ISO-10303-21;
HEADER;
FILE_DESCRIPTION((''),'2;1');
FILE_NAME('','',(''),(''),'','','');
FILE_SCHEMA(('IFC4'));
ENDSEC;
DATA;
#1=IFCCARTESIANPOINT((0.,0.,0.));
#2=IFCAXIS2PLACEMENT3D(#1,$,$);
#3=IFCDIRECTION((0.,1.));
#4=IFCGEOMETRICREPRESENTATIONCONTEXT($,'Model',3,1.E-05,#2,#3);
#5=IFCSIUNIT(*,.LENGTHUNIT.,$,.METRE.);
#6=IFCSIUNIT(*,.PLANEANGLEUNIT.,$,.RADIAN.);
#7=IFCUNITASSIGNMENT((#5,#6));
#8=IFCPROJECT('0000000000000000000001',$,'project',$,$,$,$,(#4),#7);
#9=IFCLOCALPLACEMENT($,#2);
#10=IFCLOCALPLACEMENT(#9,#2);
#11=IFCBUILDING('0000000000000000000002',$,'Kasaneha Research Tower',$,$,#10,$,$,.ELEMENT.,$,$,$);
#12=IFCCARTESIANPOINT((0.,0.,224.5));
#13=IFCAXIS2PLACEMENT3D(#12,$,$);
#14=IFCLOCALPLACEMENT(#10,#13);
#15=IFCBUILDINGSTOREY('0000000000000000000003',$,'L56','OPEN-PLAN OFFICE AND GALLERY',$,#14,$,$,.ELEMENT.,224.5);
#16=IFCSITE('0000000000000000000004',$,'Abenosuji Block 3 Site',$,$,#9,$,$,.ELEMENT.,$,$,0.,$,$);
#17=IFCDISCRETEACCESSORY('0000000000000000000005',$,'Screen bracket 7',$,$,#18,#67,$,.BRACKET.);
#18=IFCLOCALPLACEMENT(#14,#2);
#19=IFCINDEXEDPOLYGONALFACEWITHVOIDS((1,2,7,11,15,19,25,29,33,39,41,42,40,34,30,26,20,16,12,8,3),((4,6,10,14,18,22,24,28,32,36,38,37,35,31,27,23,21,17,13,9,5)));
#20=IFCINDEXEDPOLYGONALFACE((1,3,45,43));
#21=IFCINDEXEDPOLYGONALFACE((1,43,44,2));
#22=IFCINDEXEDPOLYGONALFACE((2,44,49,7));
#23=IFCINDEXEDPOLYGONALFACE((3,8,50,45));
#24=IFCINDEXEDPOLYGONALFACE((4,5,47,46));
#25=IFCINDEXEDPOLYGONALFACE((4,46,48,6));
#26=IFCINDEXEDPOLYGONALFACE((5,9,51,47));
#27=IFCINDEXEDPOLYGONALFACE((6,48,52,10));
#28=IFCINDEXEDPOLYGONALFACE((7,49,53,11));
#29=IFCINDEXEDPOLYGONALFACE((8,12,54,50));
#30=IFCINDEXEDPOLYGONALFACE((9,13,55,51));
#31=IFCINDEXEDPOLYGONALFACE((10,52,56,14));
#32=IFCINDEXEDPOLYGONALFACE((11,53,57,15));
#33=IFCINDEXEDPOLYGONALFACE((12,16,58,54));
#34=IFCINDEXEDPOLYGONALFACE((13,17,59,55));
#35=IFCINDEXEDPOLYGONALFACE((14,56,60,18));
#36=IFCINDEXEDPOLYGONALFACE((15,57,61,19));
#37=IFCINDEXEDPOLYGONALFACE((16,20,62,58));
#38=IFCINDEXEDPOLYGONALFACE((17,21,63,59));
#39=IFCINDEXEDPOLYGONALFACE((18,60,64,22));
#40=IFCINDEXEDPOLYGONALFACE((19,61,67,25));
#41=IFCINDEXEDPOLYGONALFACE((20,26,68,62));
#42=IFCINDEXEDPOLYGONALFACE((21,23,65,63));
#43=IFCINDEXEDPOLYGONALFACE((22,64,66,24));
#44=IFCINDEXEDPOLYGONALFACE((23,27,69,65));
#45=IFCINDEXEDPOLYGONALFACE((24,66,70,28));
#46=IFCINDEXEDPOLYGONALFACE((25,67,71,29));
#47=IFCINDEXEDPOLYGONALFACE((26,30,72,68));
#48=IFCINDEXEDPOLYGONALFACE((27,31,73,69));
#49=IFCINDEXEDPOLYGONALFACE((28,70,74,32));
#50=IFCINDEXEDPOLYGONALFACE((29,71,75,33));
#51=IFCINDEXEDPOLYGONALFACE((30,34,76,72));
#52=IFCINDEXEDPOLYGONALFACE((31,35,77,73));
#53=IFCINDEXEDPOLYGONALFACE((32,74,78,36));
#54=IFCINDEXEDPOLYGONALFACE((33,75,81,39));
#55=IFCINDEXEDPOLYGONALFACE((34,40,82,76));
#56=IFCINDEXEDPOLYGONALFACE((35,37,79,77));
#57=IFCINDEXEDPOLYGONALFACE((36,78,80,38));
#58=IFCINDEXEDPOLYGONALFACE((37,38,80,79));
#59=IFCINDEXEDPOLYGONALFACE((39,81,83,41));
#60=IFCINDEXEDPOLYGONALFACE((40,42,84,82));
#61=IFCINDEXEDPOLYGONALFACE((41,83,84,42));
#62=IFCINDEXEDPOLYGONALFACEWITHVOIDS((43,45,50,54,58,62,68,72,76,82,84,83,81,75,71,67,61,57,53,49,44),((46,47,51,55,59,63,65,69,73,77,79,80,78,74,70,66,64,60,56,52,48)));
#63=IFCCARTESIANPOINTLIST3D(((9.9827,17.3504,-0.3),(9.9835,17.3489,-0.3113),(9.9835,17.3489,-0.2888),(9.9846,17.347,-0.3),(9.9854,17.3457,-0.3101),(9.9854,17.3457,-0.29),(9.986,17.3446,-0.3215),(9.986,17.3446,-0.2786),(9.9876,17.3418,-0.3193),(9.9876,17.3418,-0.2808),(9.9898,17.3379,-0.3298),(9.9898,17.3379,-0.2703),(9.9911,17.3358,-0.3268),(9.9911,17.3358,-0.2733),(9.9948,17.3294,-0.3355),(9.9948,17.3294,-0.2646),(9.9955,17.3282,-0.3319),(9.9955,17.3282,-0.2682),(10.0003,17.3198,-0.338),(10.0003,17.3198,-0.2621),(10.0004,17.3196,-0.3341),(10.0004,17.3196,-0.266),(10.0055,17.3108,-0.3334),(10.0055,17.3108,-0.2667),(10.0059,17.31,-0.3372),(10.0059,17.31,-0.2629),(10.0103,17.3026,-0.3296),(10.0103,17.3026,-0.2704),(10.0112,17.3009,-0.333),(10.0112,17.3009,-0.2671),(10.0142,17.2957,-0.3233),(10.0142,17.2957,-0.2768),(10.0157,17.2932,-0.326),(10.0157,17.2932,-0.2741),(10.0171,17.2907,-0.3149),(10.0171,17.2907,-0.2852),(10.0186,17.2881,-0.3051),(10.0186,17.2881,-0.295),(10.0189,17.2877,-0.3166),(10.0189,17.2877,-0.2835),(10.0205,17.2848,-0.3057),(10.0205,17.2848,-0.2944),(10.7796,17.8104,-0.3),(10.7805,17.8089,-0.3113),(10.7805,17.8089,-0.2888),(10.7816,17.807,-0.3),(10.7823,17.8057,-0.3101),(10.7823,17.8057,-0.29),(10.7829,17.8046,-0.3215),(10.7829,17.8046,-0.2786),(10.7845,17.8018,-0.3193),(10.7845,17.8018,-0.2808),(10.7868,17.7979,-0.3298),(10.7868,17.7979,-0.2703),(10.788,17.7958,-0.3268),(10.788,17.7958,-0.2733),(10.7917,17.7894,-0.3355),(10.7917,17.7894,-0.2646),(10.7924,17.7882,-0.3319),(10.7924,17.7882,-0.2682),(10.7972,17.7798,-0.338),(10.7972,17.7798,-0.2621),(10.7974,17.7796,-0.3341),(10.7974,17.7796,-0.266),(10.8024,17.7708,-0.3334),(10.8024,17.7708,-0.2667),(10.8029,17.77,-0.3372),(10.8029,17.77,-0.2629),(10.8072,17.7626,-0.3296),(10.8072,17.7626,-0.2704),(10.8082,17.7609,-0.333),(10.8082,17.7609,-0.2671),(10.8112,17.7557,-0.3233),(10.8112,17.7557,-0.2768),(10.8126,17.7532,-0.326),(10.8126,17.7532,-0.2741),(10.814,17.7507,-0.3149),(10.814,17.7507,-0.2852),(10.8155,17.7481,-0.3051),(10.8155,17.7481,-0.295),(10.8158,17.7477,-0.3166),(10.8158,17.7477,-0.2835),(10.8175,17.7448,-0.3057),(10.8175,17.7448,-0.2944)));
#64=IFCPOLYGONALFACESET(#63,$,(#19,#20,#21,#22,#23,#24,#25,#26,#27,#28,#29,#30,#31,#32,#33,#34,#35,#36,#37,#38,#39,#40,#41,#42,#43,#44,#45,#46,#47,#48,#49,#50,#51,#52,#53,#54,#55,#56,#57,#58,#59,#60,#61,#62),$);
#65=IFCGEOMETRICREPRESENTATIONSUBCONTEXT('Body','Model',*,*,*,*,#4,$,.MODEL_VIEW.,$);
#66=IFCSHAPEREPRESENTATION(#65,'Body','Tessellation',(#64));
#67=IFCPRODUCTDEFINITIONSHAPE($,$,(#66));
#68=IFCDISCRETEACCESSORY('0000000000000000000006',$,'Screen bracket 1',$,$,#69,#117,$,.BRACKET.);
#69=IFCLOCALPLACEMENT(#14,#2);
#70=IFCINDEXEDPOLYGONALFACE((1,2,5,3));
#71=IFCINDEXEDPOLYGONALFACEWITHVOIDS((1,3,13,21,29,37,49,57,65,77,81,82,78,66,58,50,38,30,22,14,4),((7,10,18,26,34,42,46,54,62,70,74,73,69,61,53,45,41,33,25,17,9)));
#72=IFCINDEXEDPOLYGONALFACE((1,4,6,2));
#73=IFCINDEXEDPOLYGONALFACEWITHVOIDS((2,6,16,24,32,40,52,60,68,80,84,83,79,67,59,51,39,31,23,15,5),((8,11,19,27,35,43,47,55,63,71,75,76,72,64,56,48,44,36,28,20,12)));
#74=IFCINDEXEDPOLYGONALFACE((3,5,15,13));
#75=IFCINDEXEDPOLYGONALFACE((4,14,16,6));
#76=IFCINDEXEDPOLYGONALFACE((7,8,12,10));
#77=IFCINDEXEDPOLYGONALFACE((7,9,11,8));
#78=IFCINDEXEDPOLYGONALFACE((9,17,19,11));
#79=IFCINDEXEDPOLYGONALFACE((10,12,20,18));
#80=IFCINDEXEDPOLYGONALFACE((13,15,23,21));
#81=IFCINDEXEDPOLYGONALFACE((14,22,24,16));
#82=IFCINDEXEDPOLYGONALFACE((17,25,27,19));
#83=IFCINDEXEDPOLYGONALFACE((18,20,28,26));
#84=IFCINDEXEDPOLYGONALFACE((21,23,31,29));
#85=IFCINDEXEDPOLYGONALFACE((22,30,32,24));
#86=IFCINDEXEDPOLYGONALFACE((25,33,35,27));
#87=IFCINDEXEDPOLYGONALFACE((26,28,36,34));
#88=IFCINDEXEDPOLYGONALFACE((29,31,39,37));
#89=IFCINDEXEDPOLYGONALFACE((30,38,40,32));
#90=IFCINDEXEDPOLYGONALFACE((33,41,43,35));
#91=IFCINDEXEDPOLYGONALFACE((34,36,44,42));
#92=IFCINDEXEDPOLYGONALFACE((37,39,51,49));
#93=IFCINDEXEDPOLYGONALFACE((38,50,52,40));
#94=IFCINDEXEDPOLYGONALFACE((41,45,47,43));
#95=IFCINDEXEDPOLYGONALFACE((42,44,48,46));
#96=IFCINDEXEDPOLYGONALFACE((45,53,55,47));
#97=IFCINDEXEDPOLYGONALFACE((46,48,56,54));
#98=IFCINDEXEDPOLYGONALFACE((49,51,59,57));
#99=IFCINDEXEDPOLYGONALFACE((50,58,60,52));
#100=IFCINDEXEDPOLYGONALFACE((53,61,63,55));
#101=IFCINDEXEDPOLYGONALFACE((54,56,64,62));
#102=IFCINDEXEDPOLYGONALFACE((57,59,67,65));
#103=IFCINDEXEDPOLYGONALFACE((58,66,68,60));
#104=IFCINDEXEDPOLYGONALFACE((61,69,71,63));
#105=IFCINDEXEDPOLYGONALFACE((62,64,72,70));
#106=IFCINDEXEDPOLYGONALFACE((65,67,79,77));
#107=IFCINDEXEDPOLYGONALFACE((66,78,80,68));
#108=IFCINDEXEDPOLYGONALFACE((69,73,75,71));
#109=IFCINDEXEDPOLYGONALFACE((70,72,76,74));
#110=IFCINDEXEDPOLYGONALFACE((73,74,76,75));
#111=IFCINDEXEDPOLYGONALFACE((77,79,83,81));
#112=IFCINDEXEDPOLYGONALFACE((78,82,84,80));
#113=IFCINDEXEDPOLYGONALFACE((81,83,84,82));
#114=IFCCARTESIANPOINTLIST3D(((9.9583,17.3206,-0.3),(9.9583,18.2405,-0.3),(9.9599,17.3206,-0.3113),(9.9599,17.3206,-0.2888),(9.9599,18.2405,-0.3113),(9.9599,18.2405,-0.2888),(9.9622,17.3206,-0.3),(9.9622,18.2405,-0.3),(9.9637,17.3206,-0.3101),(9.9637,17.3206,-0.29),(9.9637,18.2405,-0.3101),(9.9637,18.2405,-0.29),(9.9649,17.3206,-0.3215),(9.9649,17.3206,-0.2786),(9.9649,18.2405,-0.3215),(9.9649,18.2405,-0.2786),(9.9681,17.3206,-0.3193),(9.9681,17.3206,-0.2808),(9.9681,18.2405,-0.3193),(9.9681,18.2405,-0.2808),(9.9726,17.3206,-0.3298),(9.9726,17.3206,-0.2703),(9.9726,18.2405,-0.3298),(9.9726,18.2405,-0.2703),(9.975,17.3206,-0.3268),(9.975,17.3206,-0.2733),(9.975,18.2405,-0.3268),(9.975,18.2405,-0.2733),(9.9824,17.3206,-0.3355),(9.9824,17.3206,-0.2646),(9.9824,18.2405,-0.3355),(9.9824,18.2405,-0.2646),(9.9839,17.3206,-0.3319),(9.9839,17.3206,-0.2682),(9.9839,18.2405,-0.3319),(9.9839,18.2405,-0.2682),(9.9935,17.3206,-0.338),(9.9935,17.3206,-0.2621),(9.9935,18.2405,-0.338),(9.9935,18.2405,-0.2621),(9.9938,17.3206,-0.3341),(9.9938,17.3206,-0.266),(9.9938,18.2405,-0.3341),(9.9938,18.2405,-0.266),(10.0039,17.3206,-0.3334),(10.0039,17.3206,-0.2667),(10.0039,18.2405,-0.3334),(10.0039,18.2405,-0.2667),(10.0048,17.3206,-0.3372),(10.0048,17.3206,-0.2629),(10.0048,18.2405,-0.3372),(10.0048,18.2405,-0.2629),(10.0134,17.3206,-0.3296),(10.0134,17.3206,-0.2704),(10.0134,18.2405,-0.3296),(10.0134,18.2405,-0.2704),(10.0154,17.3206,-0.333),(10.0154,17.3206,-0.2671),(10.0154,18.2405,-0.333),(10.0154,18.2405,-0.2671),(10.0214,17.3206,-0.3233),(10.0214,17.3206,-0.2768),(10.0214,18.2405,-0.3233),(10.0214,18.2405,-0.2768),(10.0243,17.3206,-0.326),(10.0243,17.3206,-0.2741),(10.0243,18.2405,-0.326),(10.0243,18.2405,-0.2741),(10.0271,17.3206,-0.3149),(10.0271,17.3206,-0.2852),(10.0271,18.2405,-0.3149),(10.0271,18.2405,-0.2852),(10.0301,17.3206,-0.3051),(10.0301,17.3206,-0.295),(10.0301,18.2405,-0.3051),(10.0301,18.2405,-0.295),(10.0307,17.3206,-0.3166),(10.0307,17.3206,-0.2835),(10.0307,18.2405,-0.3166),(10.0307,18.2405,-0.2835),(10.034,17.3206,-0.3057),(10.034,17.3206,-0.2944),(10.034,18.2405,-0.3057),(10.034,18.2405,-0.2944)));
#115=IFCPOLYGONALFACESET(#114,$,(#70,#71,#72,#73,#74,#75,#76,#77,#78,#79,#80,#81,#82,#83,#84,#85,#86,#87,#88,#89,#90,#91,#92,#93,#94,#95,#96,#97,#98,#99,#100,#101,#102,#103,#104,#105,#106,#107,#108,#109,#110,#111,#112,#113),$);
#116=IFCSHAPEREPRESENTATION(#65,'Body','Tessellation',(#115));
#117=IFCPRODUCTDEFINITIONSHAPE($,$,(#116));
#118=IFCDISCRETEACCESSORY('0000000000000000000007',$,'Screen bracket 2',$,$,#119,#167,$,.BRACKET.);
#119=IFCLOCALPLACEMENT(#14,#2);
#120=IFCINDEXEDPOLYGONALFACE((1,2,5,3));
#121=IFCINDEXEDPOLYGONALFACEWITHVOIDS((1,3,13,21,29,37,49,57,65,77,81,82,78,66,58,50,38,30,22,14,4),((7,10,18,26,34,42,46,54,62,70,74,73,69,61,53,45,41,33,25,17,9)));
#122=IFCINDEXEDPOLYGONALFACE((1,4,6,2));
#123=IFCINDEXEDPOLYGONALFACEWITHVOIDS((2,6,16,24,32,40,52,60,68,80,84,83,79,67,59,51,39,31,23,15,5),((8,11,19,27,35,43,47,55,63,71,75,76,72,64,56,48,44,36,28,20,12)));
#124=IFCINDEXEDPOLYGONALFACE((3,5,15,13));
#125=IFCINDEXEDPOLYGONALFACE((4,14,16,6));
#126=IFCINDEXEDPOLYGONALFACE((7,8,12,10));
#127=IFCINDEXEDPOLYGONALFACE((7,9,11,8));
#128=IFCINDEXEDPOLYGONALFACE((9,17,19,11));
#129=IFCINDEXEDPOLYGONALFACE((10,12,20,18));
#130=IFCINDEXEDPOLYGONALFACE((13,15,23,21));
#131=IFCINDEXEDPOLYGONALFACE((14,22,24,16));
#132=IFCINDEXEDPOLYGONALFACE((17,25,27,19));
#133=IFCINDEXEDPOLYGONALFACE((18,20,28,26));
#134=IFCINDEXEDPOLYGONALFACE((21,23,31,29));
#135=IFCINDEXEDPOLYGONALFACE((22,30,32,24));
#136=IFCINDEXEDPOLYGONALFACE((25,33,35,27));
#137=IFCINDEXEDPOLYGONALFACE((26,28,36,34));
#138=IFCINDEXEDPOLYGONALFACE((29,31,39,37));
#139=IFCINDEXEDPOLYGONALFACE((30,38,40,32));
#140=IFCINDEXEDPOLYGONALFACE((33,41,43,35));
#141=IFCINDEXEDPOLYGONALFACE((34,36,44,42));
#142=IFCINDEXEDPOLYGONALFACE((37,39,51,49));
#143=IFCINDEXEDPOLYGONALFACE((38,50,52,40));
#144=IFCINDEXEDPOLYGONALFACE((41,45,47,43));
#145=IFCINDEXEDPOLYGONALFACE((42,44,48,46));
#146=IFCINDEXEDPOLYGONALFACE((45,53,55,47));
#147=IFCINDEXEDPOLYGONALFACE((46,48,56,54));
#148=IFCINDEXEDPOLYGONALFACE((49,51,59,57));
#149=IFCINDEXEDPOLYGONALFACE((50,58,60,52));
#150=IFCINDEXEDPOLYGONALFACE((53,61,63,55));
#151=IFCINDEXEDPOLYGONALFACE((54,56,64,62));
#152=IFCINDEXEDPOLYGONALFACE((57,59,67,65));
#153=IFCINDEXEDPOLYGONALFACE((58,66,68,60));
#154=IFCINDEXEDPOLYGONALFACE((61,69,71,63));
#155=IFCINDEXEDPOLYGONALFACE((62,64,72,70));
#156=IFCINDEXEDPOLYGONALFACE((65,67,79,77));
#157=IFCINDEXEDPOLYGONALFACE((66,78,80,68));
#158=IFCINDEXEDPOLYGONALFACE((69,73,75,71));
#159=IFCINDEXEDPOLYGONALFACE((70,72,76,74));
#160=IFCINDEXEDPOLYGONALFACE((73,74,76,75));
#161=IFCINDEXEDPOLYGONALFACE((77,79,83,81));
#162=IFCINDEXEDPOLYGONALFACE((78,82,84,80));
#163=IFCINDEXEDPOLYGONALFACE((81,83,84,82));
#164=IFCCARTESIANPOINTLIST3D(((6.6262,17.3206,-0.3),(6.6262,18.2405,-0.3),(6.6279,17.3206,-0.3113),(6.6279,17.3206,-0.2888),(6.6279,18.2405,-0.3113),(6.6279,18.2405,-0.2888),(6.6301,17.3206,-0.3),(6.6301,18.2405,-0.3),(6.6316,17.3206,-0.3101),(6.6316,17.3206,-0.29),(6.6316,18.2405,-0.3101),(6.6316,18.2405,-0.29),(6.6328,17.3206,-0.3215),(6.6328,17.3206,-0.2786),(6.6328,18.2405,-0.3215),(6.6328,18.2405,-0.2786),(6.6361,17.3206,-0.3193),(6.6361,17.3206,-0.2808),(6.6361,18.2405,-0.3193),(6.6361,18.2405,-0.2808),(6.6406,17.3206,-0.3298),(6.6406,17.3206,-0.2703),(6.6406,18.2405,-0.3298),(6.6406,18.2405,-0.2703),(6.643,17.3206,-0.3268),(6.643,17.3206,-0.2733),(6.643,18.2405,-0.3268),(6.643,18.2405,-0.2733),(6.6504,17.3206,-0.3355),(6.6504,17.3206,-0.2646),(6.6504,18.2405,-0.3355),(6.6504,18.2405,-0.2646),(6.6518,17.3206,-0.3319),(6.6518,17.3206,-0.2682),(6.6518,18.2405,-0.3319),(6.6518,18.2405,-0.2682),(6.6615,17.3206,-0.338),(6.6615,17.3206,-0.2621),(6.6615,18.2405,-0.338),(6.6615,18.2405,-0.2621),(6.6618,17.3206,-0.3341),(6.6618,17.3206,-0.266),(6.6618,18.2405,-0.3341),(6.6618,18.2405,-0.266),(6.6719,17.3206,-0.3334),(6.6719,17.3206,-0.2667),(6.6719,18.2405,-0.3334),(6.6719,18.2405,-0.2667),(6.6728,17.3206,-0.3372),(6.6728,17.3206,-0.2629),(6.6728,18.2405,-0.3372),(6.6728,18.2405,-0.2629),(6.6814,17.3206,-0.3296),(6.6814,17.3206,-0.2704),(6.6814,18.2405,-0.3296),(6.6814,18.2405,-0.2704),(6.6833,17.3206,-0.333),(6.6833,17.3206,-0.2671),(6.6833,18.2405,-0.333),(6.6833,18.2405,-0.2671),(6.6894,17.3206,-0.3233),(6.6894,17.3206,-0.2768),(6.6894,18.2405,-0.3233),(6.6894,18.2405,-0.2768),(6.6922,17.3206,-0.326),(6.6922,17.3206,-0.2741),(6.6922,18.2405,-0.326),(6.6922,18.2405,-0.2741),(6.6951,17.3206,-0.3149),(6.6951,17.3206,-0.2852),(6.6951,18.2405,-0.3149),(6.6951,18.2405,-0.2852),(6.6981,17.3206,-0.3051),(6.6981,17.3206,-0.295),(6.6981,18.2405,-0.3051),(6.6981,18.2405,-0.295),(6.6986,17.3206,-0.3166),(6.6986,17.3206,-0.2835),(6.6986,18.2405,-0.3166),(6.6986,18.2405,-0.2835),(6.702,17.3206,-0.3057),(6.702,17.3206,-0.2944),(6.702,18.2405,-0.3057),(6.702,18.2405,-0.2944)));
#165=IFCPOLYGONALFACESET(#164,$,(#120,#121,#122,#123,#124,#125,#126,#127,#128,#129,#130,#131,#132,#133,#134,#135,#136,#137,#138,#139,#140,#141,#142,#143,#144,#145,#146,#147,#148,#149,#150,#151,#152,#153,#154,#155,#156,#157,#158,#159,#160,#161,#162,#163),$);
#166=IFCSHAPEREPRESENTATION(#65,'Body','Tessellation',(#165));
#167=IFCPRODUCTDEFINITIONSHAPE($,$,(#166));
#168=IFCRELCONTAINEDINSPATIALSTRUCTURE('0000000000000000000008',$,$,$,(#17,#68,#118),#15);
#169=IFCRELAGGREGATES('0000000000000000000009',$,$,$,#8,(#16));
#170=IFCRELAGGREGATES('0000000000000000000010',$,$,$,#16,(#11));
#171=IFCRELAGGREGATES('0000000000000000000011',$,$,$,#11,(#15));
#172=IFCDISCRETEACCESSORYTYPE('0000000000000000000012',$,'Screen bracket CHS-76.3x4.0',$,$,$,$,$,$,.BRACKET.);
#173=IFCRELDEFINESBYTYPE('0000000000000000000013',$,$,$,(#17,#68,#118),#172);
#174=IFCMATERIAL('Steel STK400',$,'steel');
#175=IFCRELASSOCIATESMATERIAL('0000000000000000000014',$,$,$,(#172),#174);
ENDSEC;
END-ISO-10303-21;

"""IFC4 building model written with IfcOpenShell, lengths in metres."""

from ifc_helpers import new_model, si_unit, direction, frame, origin, origin_2d, place, context, subcontext, project, spatial, hollow_circle, extrude, material, material_profile, profile_set, type_object, element, save


model = new_model("IFC4")

# Units and contexts
model_context = context("Model", 3, precision=1e-05, world=origin(), true_north=direction((0.0, 1.0)))
body_context = subcontext(model_context, "Body", "Model", "MODEL_VIEW")
ifc_project = project(units=[si_unit("LENGTHUNIT", "METRE"), si_unit("PLANEANGLEUNIT", "RADIAN")], contexts=[model_context])

# Site, building, storey
site_placement = place(None, origin())
site = spatial("IfcSite", under=ifc_project, at=site_placement, Name="Abenosuji Block 3 Site", CompositionType="ELEMENT", RefElevation=0.0)
building_placement = place(site_placement, origin())
building = spatial("IfcBuilding", under=site, at=building_placement, Name="Kasaneha Research Tower", CompositionType="ELEMENT")
storey_placement = place(building_placement, frame((0.0, 0.0, 224.5)))
storey = spatial("IfcBuildingStorey", under=building, at=storey_placement, Name="L56", Description="OPEN-PLAN OFFICE AND GALLERY", CompositionType="ELEMENT", Elevation=224.5)

# Discrete accessories
ifc_material_1 = material(Name="Steel STK400", Category="steel")
ifc_material_profile_1 = material_profile(ifc_material_1, hollow_circle(Radius=0.0381, WallThickness=0.0039, at=origin_2d()), Name="CHS-76.3x4.0")
ifc_profile_set_1 = profile_set([ifc_material_profile_1], Name="Steel STK400")
discrete_accessory_type = type_object("IfcDiscreteAccessoryType", Name="Screen bracket CHS-76.3x4.0", PredefinedType="BRACKET", material=ifc_profile_set_1)
for number, where, z_axis, x_axis, name in (
    (1, (10.0017, 17.3174, -0.3), (0.86608, 0.499906, 0.0), (-0.499906, 0.86608, 0.0), "Screen bracket 7"),
):
    element("IfcDiscreteAccessory", number, at=place(storey_placement, frame(where, z_axis=z_axis, x_axis=x_axis)), inside=storey, type_object=discrete_accessory_type, Name=name, PredefinedType="BRACKET", context=body_context, shape_type="SweptSolid", body=[
        extrude(hollow_circle(Radius=0.0381, WallThickness=0.0039, at=origin_2d()), origin(), (0.0, 0.0, 1.0), 0.9202),
    ])
for number, where, z_axis, x_axis, name in (
    (2, (9.9963, 17.3206, -0.3), (0.0, 1.0, 0.0), (-1.0, 0.0, 0.0), "Screen bracket 1"),
    (3, (6.6643, 17.3206, -0.3), (0.0, 1.0, 0.0), (-1.0, 0.0, 0.0), "Screen bracket 2"),
):
    element("IfcDiscreteAccessory", number, at=place(storey_placement, frame(where, z_axis=z_axis, x_axis=x_axis)), inside=storey, type_object=discrete_accessory_type, Name=name, PredefinedType="BRACKET", context=body_context, shape_type="SweptSolid", body=[
        extrude(hollow_circle(Radius=0.0381, WallThickness=0.0039, at=origin_2d()), origin(), (0.0, 0.0, 1.0), 0.9199),
    ])

save(model, "model.ifc")
